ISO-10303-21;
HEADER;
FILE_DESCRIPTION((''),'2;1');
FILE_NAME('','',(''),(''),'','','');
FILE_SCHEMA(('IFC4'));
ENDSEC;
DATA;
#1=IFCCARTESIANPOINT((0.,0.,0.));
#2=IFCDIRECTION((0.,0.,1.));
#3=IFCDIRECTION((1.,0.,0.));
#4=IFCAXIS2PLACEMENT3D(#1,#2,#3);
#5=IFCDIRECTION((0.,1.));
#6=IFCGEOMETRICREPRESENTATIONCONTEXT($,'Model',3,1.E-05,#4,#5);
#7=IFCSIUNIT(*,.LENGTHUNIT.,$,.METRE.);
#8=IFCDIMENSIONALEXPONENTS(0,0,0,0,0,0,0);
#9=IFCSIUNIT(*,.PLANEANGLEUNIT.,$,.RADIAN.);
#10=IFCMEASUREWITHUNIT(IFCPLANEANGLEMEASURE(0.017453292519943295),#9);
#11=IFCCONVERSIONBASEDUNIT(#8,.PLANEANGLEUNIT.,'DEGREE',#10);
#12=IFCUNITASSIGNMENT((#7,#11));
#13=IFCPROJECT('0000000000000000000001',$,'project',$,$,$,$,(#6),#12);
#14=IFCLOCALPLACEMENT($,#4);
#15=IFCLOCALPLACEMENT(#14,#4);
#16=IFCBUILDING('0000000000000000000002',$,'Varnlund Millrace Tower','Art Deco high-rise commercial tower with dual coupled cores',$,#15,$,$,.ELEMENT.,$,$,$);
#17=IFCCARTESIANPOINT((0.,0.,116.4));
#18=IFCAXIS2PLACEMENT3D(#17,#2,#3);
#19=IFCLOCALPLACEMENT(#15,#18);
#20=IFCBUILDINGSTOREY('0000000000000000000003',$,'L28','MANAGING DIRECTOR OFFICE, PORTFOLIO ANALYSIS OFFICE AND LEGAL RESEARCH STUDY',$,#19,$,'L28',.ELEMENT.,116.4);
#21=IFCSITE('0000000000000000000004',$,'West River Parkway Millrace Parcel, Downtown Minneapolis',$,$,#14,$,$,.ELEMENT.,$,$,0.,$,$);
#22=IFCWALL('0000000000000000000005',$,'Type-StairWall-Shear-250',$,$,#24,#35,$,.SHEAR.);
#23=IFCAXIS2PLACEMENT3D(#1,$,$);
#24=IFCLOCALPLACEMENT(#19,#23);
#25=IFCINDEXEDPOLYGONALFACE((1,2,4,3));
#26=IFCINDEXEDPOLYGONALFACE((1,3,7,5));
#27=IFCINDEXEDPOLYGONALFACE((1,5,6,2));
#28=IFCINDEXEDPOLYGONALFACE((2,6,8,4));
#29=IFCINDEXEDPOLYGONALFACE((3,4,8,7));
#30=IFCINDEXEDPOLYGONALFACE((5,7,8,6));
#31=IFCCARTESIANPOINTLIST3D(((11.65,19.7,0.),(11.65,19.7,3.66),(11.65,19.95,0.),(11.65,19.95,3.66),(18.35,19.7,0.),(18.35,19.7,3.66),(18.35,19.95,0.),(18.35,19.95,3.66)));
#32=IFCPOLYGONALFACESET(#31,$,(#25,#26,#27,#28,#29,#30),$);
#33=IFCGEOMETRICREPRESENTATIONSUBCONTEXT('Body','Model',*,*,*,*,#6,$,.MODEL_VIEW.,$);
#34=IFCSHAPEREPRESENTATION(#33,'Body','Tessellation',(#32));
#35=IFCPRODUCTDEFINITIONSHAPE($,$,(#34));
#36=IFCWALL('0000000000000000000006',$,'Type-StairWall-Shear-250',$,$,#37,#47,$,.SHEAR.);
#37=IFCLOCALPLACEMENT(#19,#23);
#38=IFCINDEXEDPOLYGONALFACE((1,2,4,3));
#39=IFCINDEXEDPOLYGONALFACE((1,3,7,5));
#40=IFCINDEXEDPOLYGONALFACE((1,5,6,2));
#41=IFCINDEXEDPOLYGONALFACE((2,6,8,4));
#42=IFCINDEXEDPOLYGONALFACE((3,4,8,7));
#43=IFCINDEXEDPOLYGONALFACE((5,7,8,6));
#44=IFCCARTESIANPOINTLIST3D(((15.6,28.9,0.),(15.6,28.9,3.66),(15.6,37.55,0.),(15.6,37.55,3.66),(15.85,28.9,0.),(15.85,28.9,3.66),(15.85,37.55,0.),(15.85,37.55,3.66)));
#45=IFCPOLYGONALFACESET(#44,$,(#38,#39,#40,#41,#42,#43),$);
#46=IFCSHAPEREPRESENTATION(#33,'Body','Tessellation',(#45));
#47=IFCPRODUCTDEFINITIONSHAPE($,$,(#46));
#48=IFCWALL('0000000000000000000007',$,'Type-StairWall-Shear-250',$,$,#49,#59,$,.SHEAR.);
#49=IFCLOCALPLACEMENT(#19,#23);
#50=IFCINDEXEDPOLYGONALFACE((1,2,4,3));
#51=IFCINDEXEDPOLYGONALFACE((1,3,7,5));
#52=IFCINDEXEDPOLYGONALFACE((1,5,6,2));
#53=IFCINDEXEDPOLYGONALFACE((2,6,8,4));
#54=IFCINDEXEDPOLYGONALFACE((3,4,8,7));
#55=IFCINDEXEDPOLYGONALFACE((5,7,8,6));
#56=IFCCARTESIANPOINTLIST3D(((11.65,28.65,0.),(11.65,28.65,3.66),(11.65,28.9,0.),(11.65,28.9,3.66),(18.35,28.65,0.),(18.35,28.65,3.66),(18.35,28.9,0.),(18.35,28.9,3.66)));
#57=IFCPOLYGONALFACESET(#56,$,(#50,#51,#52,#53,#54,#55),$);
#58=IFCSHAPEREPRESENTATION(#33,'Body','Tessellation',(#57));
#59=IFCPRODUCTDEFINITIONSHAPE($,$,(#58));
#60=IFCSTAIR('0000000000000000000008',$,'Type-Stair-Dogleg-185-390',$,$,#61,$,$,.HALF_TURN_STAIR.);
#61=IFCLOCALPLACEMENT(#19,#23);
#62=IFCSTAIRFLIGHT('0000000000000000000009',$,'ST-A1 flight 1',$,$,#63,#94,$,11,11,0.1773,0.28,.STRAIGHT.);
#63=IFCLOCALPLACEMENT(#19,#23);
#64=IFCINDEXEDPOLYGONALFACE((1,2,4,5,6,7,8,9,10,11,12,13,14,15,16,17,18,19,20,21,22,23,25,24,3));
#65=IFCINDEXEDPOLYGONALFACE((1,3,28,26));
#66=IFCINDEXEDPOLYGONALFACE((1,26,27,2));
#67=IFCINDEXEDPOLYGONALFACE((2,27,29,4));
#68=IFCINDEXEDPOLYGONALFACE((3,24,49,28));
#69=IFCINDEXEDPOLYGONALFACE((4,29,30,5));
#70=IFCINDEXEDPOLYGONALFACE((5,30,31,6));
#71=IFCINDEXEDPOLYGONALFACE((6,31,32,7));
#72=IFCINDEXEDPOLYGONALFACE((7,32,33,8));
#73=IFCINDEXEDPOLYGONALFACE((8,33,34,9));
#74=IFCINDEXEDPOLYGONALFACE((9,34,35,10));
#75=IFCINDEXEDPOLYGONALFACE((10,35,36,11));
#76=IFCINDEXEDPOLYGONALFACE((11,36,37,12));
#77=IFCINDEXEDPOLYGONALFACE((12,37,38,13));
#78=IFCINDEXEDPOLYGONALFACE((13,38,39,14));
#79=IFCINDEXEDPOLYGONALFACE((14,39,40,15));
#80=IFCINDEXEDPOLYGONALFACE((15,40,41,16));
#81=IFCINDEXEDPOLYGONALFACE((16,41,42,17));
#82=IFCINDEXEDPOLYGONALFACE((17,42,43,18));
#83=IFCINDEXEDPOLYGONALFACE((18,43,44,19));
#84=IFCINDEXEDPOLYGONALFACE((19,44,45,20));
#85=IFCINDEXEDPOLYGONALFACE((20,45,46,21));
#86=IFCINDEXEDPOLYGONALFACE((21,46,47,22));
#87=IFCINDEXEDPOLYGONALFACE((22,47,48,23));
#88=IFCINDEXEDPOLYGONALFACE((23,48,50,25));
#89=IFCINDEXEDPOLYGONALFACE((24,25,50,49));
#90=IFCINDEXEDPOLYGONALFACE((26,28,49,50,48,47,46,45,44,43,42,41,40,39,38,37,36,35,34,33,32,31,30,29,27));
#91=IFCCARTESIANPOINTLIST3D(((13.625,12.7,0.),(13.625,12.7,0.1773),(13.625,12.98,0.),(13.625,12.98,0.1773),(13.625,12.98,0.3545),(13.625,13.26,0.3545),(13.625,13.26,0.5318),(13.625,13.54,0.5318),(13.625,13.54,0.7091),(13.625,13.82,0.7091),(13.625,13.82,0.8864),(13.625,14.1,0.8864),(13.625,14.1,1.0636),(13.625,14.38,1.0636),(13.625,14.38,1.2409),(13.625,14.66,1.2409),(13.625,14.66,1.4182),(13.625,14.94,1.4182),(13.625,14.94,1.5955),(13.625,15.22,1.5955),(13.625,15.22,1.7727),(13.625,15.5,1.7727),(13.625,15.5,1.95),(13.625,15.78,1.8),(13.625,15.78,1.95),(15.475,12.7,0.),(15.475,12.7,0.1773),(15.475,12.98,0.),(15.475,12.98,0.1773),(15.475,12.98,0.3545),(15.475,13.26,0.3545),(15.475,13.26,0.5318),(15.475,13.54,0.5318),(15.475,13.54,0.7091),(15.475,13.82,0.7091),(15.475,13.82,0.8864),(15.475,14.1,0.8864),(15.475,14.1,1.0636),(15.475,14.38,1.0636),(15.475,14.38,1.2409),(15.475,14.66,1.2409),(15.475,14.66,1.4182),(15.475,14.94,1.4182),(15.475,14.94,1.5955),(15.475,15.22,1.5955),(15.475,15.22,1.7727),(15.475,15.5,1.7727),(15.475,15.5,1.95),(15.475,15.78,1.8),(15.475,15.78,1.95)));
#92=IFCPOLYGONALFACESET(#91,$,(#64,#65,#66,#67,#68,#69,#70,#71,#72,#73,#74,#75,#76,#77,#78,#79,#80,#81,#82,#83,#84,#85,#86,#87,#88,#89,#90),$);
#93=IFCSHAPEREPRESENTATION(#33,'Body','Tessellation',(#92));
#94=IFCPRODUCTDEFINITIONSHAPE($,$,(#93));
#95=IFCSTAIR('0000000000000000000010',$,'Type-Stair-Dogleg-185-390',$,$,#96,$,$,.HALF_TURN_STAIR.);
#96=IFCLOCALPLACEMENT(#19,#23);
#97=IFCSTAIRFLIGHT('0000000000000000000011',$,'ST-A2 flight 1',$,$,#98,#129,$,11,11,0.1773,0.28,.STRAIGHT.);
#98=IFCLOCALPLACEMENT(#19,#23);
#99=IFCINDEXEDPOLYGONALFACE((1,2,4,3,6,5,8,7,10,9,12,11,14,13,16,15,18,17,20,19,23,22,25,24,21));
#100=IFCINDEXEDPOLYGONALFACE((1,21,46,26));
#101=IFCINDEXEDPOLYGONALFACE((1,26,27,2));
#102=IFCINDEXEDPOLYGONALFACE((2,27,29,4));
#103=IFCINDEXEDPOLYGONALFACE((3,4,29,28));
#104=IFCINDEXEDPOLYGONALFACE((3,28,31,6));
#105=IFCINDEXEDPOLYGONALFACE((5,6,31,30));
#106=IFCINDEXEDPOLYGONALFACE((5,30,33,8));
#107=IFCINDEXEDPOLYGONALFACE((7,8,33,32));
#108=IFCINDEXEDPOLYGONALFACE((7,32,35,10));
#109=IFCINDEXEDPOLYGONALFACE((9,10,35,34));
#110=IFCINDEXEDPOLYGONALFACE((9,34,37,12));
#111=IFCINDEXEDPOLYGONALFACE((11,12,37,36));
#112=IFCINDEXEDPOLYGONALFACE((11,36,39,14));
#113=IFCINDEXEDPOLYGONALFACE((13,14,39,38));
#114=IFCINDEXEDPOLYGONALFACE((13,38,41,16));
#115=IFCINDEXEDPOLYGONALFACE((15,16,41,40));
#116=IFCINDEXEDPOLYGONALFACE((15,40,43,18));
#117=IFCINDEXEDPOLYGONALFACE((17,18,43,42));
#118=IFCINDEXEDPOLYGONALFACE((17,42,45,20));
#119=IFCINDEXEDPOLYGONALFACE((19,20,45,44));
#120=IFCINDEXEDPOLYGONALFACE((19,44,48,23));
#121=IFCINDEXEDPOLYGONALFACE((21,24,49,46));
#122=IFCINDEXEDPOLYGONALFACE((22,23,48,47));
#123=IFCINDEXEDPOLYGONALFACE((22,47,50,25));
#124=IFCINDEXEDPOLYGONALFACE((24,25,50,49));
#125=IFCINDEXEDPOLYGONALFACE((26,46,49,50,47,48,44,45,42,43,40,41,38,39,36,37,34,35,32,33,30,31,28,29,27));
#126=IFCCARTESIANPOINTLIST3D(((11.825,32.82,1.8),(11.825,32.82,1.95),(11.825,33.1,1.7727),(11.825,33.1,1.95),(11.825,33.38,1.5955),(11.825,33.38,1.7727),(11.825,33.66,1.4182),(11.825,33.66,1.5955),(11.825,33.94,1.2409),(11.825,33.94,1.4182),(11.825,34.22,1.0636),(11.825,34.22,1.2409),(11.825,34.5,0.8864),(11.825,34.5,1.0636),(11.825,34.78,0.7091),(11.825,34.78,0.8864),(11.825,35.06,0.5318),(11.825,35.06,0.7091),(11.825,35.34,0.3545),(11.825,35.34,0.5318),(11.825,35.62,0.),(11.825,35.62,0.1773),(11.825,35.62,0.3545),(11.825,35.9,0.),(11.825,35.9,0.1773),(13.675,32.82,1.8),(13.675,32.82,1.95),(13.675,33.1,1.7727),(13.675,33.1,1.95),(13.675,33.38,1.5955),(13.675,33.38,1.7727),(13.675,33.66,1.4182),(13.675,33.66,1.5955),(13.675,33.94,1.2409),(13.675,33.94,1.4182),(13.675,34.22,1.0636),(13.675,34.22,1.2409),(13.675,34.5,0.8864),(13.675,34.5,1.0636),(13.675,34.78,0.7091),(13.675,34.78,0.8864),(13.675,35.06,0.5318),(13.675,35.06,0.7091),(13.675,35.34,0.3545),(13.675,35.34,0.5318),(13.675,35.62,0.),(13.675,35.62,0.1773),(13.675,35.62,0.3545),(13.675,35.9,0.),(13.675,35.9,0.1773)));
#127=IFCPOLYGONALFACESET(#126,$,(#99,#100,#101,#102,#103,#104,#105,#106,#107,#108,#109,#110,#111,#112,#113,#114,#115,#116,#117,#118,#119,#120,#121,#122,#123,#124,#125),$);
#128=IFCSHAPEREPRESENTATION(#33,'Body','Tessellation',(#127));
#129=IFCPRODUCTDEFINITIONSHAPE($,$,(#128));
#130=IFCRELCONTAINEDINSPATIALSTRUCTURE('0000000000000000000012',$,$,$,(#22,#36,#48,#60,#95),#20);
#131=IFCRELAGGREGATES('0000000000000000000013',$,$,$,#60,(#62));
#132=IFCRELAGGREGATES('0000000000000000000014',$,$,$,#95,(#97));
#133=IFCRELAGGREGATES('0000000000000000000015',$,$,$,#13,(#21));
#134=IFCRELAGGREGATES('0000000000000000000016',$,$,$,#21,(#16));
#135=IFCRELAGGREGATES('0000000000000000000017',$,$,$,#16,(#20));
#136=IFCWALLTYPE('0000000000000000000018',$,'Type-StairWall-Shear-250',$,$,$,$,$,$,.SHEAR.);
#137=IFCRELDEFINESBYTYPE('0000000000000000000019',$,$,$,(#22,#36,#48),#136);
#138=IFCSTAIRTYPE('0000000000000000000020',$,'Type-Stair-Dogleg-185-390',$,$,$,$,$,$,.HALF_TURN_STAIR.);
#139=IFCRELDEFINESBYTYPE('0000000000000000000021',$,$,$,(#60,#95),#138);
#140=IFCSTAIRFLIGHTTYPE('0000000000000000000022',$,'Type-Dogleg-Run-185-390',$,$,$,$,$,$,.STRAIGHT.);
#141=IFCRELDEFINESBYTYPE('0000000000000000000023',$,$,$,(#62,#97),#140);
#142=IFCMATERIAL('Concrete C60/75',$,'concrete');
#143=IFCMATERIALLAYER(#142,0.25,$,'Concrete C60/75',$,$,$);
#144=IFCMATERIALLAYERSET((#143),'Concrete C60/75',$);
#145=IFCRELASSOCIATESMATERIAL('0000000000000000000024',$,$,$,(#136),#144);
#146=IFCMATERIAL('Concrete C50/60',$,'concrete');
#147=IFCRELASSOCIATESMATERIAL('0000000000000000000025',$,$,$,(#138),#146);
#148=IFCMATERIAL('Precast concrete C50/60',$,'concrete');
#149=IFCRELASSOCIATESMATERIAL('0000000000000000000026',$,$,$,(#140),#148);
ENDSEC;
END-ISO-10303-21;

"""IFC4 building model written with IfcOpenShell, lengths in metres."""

from ifc_helpers import new_model, entity, si_unit, converted_unit, direction, frame, origin_with_axes, place, context, subcontext, project, spatial, polyline, outline, extrude, material, layer, layer_set, type_object, element, aggregate, save


model = new_model("IFC4")

# Units and contexts
model_context = context("Model", 3, precision=1e-05, world=origin_with_axes(), true_north=direction((0.0, 1.0)))
body_context = subcontext(model_context, "Body", "Model", "MODEL_VIEW")
ifc_project = project(units=[si_unit("LENGTHUNIT", "METRE"), converted_unit("PLANEANGLEUNIT", "DEGREE", entity("IfcPlaneAngleMeasure", 0.017453292519943295), si_unit("PLANEANGLEUNIT", "RADIAN"), dimensions=[0, 0, 0, 0, 0, 0, 0])], contexts=[model_context])

# Site, building, storey
site_placement = place(None, origin_with_axes())
site = spatial("IfcSite", under=ifc_project, at=site_placement, Name="West River Parkway Millrace Parcel, Downtown Minneapolis", CompositionType="ELEMENT", RefElevation=0.0)
building_placement = place(site_placement, origin_with_axes())
building = spatial("IfcBuilding", under=site, at=building_placement, Name="Varnlund Millrace Tower", Description="Art Deco high-rise commercial tower with dual coupled cores", CompositionType="ELEMENT")
storey_placement = place(building_placement, frame((0.0, 0.0, 116.4), z_axis=(0.0, 0.0, 1.0), x_axis=(1.0, 0.0, 0.0)))
storey = spatial("IfcBuildingStorey", under=building, at=storey_placement, Name="L28", Description="MANAGING DIRECTOR OFFICE, PORTFOLIO ANALYSIS OFFICE AND LEGAL RESEARCH STUDY", LongName="L28", CompositionType="ELEMENT", Elevation=116.4)

# Shared definitions
ifc_material_1 = material(Name="Concrete C60/75", Category="concrete")
ifc_layer_1 = layer(ifc_material_1, 0.25, Name="Concrete C60/75")
ifc_layer_set_1 = layer_set([ifc_layer_1], Name="Concrete C60/75")

# Walls
wall_type_1 = type_object("IfcWallType", Name="Type-StairWall-Shear-250", PredefinedType="SHEAR", material=ifc_layer_set_1)
wall_1_placement = place(storey_placement, frame((11.65, 19.825, 0.0), z_axis=(0.0, 0.0, 1.0), x_axis=(1.0, 0.0, 0.0)))
element("IfcWall", 1, at=wall_1_placement, inside=storey, type_object=wall_type_1, Name="Type-StairWall-Shear-250", PredefinedType="SHEAR", context=body_context, shape_type="SweptSolid", body=[
    extrude(outline(polyline([(0.0, -0.125), (6.7, -0.125), (6.7, 0.125), (0.0, 0.125), (0.0, -0.125)])), origin_with_axes(), (0.0, 0.0, 1.0), 3.66),
])
wall_2_placement = place(storey_placement, frame((15.725, 28.9, 0.0), z_axis=(0.0, 0.0, 1.0), x_axis=(0.0, 1.0, 0.0)))
element("IfcWall", 2, at=wall_2_placement, inside=storey, type_object=wall_type_1, Name="Type-StairWall-Shear-250", PredefinedType="SHEAR", context=body_context, shape_type="SweptSolid", body=[
    extrude(outline(polyline([(0.0, -0.125), (8.65, -0.125), (8.65, 0.125), (0.0, 0.125), (0.0, -0.125)])), origin_with_axes(), (0.0, 0.0, 1.0), 3.66),
])
wall_3_placement = place(storey_placement, frame((11.65, 28.775, 0.0), z_axis=(0.0, 0.0, 1.0), x_axis=(1.0, 0.0, 0.0)))
element("IfcWall", 3, at=wall_3_placement, inside=storey, type_object=wall_type_1, Name="Type-StairWall-Shear-250", PredefinedType="SHEAR", context=body_context, shape_type="SweptSolid", body=[
    extrude(outline(polyline([(0.0, -0.125), (6.7, -0.125), (6.7, 0.125), (0.0, 0.125), (0.0, -0.125)])), origin_with_axes(), (0.0, 0.0, 1.0), 3.66),
])

# Stairs, stair flights
ifc_material_2 = material(Name="Concrete C50/60", Category="concrete")
stair_type = type_object("IfcStairType", Name="Type-Stair-Dogleg-185-390", PredefinedType="HALF_TURN_STAIR", material=ifc_material_2)
stair_1_placement = place(storey_placement, origin_with_axes())
stair_1 = element("IfcStair", 4, at=stair_1_placement, inside=storey, type_object=stair_type, Name="Type-Stair-Dogleg-185-390", PredefinedType="HALF_TURN_STAIR")
ifc_material_3 = material(Name="Precast concrete C50/60", Category="concrete")
stair_flight_type = type_object("IfcStairFlightType", Name="Type-Dogleg-Run-185-390", PredefinedType="STRAIGHT", material=ifc_material_3)
stair_flight_1_placement = place(storey_placement, frame((13.625, 12.7, 0.0), z_axis=(1.0, 0.0, 0.0), x_axis=(0.0, 1.0, 0.0)))
stair_flight_1 = element("IfcStairFlight", 5, at=stair_flight_1_placement, type_object=stair_flight_type, Name="ST-A1 flight 1", NumberOfRisers=11, NumberOfTreads=11, PredefinedType="STRAIGHT", RiserHeight=0.1773, TreadLength=0.28, context=body_context, shape_type="SweptSolid", body=[
    extrude(outline(polyline([(0.0, 0.0), (0.0, 0.1773), (0.28, 0.1773), (0.28, 0.3545), (0.56, 0.3545), (0.56, 0.5318), (0.84, 0.5318), (0.84, 0.7091), (1.12, 0.7091), (1.12, 0.8864), (1.4, 0.8864), (1.4, 1.0636), (1.68, 1.0636), (1.68, 1.2409), (1.96, 1.2409), (1.96, 1.4182), (2.24, 1.4182), (2.24, 1.5955), (2.52, 1.5955), (2.52, 1.7727), (2.8, 1.7727), (2.8, 1.95), (3.08, 1.95), (3.08, 1.8), (0.28, 0.0), (0.0, 0.0)])), origin_with_axes(), (0.0, 0.0, 1.0), 1.85),
])
aggregate(stair_1, [stair_flight_1])
stair_2_placement = place(storey_placement, origin_with_axes())
stair_2 = element("IfcStair", 6, at=stair_2_placement, inside=storey, type_object=stair_type, Name="Type-Stair-Dogleg-185-390", PredefinedType="HALF_TURN_STAIR")
stair_flight_2_placement = place(storey_placement, frame((13.675, 35.9, 0.0), z_axis=(-1.0, 0.0, 0.0), x_axis=(0.0, -1.0, 0.0)))
stair_flight_2 = element("IfcStairFlight", 7, at=stair_flight_2_placement, type_object=stair_flight_type, Name="ST-A2 flight 1", NumberOfRisers=11, NumberOfTreads=11, PredefinedType="STRAIGHT", RiserHeight=0.1773, TreadLength=0.28, context=body_context, shape_type="SweptSolid", body=[
    extrude(outline(polyline([(0.0, 0.0), (0.0, 0.1773), (0.28, 0.1773), (0.28, 0.3545), (0.56, 0.3545), (0.56, 0.5318), (0.84, 0.5318), (0.84, 0.7091), (1.12, 0.7091), (1.12, 0.8864), (1.4, 0.8864), (1.4, 1.0636), (1.68, 1.0636), (1.68, 1.2409), (1.96, 1.2409), (1.96, 1.4182), (2.24, 1.4182), (2.24, 1.5955), (2.52, 1.5955), (2.52, 1.7727), (2.8, 1.7727), (2.8, 1.95), (3.08, 1.95), (3.08, 1.8), (0.28, 0.0), (0.0, 0.0)])), origin_with_axes(), (0.0, 0.0, 1.0), 1.85),
])
aggregate(stair_2, [stair_flight_2])

save(model, "model.ifc")
